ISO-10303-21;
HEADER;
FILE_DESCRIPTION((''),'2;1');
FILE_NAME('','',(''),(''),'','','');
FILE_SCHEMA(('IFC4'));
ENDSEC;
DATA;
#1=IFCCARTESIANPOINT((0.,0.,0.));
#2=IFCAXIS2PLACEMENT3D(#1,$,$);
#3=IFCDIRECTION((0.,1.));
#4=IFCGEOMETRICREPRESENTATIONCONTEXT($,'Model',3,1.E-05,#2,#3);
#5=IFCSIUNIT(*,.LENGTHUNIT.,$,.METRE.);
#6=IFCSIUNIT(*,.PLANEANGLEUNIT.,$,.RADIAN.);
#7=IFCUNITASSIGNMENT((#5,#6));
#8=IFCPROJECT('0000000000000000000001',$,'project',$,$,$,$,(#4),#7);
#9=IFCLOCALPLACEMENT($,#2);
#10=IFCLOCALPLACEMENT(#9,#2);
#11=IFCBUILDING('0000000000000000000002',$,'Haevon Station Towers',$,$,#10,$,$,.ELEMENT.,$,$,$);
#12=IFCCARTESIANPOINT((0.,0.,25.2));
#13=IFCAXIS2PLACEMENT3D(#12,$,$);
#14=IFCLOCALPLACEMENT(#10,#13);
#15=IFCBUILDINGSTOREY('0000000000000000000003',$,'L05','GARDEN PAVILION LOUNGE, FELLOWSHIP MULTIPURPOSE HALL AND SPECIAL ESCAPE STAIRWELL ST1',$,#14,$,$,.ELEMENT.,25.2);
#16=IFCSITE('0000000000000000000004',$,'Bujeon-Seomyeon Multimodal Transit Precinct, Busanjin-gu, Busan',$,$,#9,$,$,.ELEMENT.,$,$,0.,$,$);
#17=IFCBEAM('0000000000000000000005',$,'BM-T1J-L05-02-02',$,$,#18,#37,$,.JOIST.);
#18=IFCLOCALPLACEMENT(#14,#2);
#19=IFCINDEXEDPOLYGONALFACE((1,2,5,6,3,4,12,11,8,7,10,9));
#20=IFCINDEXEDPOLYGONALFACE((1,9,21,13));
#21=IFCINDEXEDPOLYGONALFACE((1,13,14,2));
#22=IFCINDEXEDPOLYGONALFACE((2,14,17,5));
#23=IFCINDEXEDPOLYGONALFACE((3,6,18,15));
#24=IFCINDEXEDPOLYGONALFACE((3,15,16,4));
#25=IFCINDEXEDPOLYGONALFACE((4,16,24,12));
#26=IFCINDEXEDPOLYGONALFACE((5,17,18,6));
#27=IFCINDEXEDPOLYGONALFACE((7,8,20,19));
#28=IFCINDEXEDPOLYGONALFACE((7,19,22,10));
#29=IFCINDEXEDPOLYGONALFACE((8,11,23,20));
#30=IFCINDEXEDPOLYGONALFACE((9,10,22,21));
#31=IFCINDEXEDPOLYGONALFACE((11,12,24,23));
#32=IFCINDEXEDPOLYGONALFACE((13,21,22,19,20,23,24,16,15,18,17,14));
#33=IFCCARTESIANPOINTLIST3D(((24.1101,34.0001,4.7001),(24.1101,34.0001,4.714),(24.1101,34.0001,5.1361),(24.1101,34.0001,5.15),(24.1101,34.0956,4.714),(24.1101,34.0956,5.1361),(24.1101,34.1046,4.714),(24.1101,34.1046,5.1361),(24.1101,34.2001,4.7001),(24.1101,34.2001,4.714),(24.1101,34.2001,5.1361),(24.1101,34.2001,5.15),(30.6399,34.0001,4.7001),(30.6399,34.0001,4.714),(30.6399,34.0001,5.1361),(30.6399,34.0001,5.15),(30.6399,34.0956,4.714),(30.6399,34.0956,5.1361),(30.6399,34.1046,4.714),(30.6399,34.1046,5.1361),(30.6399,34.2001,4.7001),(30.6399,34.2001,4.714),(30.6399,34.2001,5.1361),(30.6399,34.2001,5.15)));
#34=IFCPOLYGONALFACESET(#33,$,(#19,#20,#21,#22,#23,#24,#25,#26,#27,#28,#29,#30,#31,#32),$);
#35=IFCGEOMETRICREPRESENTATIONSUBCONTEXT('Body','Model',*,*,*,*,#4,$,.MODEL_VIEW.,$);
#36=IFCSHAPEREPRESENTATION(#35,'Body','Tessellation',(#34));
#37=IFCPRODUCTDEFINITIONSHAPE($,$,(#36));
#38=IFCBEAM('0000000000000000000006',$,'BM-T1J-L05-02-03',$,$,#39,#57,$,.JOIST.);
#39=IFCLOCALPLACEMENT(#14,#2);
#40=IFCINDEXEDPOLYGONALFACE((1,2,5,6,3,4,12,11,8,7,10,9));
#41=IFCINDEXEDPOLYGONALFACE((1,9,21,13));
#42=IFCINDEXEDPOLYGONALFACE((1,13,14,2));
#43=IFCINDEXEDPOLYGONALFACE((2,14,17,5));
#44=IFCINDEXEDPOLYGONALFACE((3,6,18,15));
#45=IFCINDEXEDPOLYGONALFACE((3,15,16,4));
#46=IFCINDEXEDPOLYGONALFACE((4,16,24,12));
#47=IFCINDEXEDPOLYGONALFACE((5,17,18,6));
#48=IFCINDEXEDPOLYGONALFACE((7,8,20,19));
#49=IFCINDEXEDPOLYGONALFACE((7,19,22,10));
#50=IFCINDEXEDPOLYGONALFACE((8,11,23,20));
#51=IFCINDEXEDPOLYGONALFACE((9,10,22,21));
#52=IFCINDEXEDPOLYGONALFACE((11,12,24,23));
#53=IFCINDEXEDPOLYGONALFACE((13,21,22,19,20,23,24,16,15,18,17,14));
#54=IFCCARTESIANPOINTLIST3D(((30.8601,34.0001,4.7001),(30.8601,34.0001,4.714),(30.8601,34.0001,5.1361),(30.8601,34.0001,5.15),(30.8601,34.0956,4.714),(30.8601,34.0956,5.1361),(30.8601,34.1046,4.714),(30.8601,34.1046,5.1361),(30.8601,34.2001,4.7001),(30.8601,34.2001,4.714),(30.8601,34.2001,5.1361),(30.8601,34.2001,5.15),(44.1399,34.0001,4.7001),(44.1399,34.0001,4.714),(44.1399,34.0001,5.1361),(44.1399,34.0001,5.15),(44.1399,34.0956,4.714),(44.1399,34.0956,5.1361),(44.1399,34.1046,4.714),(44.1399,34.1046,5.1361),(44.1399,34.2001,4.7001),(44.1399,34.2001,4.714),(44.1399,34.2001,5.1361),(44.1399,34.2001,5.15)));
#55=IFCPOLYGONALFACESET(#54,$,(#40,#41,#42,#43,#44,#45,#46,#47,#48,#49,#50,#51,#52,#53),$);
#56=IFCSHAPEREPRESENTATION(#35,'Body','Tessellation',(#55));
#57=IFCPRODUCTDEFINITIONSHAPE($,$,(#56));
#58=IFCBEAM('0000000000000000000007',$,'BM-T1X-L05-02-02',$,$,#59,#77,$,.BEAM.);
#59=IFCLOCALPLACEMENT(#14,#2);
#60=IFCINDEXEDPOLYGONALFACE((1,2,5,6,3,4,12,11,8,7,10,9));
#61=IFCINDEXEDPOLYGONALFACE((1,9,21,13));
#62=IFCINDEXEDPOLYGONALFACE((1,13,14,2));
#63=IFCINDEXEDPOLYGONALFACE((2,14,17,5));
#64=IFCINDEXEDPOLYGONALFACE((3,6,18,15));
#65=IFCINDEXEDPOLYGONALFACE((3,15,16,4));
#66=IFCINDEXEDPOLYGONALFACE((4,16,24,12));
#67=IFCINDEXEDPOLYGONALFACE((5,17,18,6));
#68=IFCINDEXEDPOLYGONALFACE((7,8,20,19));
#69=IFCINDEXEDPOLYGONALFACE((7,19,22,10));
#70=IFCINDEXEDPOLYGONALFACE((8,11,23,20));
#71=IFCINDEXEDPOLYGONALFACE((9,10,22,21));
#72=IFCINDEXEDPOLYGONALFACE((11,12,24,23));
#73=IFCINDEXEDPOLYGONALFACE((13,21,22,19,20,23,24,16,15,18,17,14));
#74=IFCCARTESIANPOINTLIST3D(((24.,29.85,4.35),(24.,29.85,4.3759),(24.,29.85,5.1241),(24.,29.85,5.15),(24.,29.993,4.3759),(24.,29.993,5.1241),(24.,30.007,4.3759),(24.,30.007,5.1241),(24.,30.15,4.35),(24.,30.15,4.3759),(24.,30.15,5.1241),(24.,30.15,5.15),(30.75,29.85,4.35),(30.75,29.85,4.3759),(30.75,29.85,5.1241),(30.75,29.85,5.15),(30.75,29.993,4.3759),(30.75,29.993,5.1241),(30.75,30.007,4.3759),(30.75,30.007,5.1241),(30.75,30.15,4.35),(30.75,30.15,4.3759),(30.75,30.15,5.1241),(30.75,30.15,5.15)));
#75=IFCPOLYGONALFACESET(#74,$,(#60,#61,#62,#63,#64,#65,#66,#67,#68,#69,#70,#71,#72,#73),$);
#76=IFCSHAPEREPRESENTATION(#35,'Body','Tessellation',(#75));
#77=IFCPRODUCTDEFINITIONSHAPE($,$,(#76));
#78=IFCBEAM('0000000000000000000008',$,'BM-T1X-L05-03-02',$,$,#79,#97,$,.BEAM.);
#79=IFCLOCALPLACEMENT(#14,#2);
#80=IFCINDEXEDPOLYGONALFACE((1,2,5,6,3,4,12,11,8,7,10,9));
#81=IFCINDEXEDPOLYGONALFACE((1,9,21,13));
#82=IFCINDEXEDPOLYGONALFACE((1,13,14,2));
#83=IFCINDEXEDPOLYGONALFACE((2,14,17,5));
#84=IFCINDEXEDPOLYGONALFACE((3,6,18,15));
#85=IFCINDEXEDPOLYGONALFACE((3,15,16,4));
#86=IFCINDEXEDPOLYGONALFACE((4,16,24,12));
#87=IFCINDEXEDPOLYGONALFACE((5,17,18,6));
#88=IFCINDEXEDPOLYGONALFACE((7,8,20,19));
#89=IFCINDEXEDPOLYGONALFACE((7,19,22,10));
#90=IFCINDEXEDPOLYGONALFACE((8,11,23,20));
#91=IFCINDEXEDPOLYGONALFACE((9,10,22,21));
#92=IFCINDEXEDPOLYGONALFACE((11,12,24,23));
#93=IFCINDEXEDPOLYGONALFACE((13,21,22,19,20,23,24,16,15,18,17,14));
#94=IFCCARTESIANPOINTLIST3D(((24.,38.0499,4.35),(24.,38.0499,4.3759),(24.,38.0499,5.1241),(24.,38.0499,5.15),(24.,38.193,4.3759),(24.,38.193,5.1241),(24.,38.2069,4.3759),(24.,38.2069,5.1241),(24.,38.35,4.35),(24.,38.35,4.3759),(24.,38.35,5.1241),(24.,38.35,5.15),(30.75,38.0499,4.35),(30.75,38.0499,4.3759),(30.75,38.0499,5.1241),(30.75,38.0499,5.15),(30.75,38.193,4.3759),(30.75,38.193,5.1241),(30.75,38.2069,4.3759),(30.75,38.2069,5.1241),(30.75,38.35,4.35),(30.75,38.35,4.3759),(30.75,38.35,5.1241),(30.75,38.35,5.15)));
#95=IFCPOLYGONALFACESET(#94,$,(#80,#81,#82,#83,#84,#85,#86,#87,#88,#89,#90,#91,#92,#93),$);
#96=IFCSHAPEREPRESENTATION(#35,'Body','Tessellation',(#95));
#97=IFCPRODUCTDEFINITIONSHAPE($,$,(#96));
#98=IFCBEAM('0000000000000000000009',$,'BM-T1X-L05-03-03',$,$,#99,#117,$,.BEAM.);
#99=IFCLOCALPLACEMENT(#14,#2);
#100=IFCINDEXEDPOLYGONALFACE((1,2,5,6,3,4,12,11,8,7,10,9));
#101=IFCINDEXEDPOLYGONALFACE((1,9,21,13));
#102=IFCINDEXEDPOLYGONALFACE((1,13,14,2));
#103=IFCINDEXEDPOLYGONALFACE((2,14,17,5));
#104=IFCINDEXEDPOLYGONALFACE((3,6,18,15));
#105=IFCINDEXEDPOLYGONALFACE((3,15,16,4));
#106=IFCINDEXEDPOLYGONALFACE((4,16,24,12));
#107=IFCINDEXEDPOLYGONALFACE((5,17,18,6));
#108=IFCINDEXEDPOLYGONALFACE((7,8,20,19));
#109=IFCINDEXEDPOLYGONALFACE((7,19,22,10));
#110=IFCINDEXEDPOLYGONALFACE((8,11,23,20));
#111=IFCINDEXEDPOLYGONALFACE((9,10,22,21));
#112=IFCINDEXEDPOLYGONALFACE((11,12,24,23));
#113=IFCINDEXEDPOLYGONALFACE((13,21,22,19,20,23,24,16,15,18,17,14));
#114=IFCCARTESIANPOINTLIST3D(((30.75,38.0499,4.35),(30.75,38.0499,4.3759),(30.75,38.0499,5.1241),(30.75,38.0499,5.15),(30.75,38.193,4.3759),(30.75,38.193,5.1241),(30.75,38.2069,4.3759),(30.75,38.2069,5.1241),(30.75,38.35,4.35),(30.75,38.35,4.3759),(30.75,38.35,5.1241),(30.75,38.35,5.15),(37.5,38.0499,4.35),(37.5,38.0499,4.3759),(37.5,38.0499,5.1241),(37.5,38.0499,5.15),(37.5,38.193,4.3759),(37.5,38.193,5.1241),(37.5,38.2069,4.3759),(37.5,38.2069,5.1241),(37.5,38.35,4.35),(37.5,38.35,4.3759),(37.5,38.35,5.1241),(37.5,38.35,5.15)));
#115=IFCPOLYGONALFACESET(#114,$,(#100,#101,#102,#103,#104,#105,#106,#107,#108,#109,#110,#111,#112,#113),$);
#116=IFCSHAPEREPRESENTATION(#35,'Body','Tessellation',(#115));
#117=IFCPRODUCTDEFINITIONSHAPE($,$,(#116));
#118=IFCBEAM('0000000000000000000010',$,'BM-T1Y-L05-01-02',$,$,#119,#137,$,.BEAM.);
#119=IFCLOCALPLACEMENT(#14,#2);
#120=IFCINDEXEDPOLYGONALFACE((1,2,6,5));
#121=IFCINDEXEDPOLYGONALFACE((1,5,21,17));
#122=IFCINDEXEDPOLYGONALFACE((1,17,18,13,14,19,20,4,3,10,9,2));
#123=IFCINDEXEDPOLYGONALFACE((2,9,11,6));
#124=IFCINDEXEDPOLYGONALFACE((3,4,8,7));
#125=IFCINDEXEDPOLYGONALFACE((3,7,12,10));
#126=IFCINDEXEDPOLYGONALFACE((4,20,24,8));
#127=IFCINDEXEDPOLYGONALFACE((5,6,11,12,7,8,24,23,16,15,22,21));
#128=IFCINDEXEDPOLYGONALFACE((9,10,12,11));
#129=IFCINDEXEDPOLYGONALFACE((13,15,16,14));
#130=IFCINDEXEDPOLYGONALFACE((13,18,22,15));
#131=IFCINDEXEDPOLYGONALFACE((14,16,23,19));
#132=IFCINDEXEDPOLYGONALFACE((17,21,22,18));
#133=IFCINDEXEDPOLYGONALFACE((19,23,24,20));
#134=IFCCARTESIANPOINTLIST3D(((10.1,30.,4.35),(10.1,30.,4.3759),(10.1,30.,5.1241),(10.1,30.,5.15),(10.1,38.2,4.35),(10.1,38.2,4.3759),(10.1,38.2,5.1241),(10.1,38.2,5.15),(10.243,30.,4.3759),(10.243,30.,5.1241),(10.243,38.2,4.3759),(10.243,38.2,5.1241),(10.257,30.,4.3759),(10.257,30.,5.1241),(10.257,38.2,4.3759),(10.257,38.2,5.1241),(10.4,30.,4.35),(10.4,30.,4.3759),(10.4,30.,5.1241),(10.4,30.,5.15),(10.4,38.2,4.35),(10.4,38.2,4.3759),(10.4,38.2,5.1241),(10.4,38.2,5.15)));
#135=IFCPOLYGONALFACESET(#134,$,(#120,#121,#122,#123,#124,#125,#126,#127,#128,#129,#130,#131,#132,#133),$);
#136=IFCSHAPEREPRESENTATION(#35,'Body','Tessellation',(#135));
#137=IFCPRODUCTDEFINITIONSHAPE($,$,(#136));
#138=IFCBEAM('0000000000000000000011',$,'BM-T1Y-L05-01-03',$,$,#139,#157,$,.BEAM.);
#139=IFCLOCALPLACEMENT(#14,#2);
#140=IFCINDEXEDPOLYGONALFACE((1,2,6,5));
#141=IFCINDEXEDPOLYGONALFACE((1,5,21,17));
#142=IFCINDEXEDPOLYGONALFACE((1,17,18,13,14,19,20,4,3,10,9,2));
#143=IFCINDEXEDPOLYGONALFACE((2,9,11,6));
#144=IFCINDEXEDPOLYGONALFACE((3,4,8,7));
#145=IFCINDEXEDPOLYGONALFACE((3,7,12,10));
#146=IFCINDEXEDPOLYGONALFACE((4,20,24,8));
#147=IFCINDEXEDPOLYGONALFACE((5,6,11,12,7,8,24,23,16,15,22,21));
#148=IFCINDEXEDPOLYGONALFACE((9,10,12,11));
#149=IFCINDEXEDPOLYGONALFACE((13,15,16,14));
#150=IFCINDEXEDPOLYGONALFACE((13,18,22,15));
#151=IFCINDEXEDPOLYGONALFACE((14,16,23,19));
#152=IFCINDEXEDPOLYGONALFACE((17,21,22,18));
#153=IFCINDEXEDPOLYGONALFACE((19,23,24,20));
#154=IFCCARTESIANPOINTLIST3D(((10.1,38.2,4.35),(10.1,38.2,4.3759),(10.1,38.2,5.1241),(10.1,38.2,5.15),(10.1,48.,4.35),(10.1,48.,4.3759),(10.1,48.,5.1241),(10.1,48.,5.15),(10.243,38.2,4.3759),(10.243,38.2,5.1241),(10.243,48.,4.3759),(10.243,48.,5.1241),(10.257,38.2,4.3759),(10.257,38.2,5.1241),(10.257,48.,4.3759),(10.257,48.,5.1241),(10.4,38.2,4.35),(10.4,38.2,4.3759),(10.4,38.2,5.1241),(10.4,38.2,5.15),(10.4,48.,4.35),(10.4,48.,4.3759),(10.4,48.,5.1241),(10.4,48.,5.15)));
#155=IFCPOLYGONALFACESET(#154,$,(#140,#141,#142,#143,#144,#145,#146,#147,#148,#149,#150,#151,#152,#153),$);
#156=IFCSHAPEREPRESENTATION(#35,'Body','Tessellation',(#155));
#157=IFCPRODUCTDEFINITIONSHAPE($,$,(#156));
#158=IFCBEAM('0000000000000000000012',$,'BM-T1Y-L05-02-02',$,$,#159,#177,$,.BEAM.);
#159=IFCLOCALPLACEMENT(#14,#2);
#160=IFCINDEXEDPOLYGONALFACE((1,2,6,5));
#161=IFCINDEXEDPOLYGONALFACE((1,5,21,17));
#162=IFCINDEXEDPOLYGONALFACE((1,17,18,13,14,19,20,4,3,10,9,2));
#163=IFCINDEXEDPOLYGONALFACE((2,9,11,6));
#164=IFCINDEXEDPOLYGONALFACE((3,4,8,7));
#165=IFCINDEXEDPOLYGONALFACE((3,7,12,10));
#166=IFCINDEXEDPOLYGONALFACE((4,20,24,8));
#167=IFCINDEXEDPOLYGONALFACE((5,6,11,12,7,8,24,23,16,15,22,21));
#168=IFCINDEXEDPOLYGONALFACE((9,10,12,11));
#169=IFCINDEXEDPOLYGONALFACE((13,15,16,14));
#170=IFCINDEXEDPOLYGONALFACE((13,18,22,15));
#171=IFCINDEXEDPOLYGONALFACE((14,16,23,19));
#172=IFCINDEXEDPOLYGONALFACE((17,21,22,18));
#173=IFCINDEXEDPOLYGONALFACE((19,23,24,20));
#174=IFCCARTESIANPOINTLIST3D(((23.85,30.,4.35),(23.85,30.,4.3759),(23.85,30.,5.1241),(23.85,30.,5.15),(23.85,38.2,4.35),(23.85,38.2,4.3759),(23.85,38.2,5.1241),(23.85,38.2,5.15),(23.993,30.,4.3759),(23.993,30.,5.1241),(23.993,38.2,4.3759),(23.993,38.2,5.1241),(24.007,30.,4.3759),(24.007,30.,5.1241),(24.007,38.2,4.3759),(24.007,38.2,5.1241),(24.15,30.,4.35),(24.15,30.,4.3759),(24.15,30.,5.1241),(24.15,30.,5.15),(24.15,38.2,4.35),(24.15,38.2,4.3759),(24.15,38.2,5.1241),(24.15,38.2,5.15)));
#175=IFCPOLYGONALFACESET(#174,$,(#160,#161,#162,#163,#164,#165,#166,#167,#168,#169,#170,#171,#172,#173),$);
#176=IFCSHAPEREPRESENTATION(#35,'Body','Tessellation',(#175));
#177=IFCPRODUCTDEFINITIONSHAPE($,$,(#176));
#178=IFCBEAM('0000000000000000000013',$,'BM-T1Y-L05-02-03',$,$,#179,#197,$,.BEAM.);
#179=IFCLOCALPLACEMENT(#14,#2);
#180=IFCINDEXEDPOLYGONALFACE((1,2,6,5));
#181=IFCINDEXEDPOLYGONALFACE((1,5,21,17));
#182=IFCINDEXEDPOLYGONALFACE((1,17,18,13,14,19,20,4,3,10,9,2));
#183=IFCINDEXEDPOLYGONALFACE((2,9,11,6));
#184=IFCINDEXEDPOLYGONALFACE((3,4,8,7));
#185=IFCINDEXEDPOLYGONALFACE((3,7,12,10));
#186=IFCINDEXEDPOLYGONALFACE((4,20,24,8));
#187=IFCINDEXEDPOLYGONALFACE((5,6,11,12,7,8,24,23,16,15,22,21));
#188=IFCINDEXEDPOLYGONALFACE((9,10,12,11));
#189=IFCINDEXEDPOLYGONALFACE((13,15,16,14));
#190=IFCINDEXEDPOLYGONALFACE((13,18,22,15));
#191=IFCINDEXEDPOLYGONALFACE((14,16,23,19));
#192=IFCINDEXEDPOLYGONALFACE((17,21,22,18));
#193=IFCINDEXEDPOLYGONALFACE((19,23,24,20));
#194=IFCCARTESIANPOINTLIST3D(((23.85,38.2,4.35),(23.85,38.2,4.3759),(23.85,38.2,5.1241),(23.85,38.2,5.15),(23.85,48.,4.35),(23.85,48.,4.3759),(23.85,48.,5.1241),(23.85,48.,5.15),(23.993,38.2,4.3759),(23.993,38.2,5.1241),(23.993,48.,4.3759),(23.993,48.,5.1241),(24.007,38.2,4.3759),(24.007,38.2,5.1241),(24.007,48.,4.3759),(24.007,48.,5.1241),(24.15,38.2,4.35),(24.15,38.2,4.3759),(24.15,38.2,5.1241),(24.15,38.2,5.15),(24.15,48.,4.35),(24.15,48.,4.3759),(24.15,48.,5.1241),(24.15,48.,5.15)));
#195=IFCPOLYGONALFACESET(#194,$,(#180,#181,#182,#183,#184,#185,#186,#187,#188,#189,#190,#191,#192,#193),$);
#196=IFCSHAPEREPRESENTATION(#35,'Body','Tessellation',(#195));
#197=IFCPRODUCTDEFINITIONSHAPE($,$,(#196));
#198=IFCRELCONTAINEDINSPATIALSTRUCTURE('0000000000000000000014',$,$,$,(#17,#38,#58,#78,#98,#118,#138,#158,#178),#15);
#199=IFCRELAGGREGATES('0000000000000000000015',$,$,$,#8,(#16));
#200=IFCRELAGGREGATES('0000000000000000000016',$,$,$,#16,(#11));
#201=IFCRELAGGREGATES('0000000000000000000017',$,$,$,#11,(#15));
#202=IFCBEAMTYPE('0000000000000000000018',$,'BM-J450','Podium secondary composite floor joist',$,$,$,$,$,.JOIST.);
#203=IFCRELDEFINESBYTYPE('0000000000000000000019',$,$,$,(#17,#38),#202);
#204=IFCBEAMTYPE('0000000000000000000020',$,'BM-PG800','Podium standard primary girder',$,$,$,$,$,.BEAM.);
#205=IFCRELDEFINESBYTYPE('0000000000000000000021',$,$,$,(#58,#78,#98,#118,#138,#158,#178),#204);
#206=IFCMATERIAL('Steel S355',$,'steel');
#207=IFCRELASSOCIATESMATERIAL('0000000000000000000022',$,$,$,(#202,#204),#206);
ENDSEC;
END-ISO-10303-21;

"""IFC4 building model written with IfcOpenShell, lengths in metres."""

from ifc_helpers import new_model, si_unit, direction, frame, origin, origin_2d, place, context, subcontext, project, spatial, i_section, extrude, material, material_profile, profile_set, type_object, element, save


model = new_model("IFC4")

# Units and contexts
model_context = context("Model", 3, precision=1e-05, world=origin(), true_north=direction((0.0, 1.0)))
body_context = subcontext(model_context, "Body", "Model", "MODEL_VIEW")
ifc_project = project(units=[si_unit("LENGTHUNIT", "METRE"), si_unit("PLANEANGLEUNIT", "RADIAN")], contexts=[model_context])

# Site, building, storey
site_placement = place(None, origin())
site = spatial("IfcSite", under=ifc_project, at=site_placement, Name="Bujeon-Seomyeon Multimodal Transit Precinct, Busanjin-gu, Busan", CompositionType="ELEMENT", RefElevation=0.0)
building_placement = place(site_placement, origin())
building = spatial("IfcBuilding", under=site, at=building_placement, Name="Haevon Station Towers", CompositionType="ELEMENT")
storey_placement = place(building_placement, frame((0.0, 0.0, 25.2)))
storey = spatial("IfcBuildingStorey", under=building, at=storey_placement, Name="L05", Description="GARDEN PAVILION LOUNGE, FELLOWSHIP MULTIPURPOSE HALL AND SPECIAL ESCAPE STAIRWELL ST1", CompositionType="ELEMENT", Elevation=25.2)

# Beams
ifc_material_1 = material(Name="Steel S355", Category="steel")
ifc_material_profile_1 = material_profile(ifc_material_1, i_section(OverallWidth=0.2, OverallDepth=0.45, WebThickness=0.009, FlangeThickness=0.0139, at=origin_2d()), Name="H-450x200x9x14")
ifc_profile_set_1 = profile_set([ifc_material_profile_1], Name="Steel S355")
beam_type_1 = type_object("IfcBeamType", Name="BM-J450", Description="Podium secondary composite floor joist", PredefinedType="JOIST", material=ifc_profile_set_1)
beam_1_placement = place(storey_placement, frame((24.1101, 34.1001, 4.925), z_axis=(1.0, 0.0, 0.0), x_axis=(0.0, 1.0, 0.0)))
element("IfcBeam", 1, at=beam_1_placement, inside=storey, type_object=beam_type_1, Name="BM-T1J-L05-02-02", PredefinedType="JOIST", context=body_context, shape_type="SweptSolid", body=[
    extrude(i_section(OverallWidth=0.2, OverallDepth=0.45, WebThickness=0.009, FlangeThickness=0.0139, at=origin_2d()), origin(), (0.0, 0.0, 1.0), 6.5298),
])
beam_2_placement = place(storey_placement, frame((30.8601, 34.1001, 4.925), z_axis=(1.0, 0.0, 0.0), x_axis=(0.0, 1.0, 0.0)))
element("IfcBeam", 2, at=beam_2_placement, inside=storey, type_object=beam_type_1, Name="BM-T1J-L05-02-03", PredefinedType="JOIST", context=body_context, shape_type="SweptSolid", body=[
    extrude(i_section(OverallWidth=0.2, OverallDepth=0.45, WebThickness=0.009, FlangeThickness=0.0139, at=origin_2d()), origin(), (0.0, 0.0, 1.0), 13.2798),
])
ifc_material_profile_2 = material_profile(ifc_material_1, i_section(OverallWidth=0.3, OverallDepth=0.8, WebThickness=0.0139, FlangeThickness=0.0259, at=origin_2d()), Name="H-800x300x14x26")
ifc_profile_set_2 = profile_set([ifc_material_profile_2], Name="Steel S355")
beam_type_2 = type_object("IfcBeamType", Name="BM-PG800", Description="Podium standard primary girder", PredefinedType="BEAM", material=ifc_profile_set_2)
for number, where, z_axis, x_axis, name in (
    (3, (24.0, 30.0, 4.75), (1.0, 0.0, 0.0), (0.0, 1.0, 0.0), "BM-T1X-L05-02-02"),
    (4, (24.0, 38.2, 4.75), (1.0, 0.0, 0.0), (0.0, 1.0, 0.0), "BM-T1X-L05-03-02"),
    (5, (30.75, 38.2, 4.75), (1.0, 0.0, 0.0), (0.0, 1.0, 0.0), "BM-T1X-L05-03-03"),
):
    element("IfcBeam", number, at=place(storey_placement, frame(where, z_axis=z_axis, x_axis=x_axis)), inside=storey, type_object=beam_type_2, Name=name, PredefinedType="BEAM", context=body_context, shape_type="SweptSolid", body=[
        extrude(i_section(OverallWidth=0.3, OverallDepth=0.8, WebThickness=0.0139, FlangeThickness=0.0259, at=origin_2d()), origin(), (0.0, 0.0, 1.0), 6.75),
    ])
beam_3_placement = place(storey_placement, frame((10.25, 30.0, 4.75), z_axis=(0.0, 1.0, 0.0), x_axis=(-1.0, 0.0, 0.0)))
element("IfcBeam", 6, at=beam_3_placement, inside=storey, type_object=beam_type_2, Name="BM-T1Y-L05-01-02", PredefinedType="BEAM", context=body_context, shape_type="SweptSolid", body=[
    extrude(i_section(OverallWidth=0.3, OverallDepth=0.8, WebThickness=0.0139, FlangeThickness=0.0259, at=origin_2d()), origin(), (0.0, 0.0, 1.0), 8.2),
])
beam_4_placement = place(storey_placement, frame((10.25, 38.2, 4.75), z_axis=(0.0, 1.0, 0.0), x_axis=(-1.0, 0.0, 0.0)))
element("IfcBeam", 7, at=beam_4_placement, inside=storey, type_object=beam_type_2, Name="BM-T1Y-L05-01-03", PredefinedType="BEAM", context=body_context, shape_type="SweptSolid", body=[
    extrude(i_section(OverallWidth=0.3, OverallDepth=0.8, WebThickness=0.0139, FlangeThickness=0.0259, at=origin_2d()), origin(), (0.0, 0.0, 1.0), 9.8),
])
beam_5_placement = place(storey_placement, frame((24.0, 30.0, 4.75), z_axis=(0.0, 1.0, 0.0), x_axis=(-1.0, 0.0, 0.0)))
element("IfcBeam", 8, at=beam_5_placement, inside=storey, type_object=beam_type_2, Name="BM-T1Y-L05-02-02", PredefinedType="BEAM", context=body_context, shape_type="SweptSolid", body=[
    extrude(i_section(OverallWidth=0.3, OverallDepth=0.8, WebThickness=0.0139, FlangeThickness=0.0259, at=origin_2d()), origin(), (0.0, 0.0, 1.0), 8.2),
])
beam_6_placement = place(storey_placement, frame((24.0, 38.2, 4.75), z_axis=(0.0, 1.0, 0.0), x_axis=(-1.0, 0.0, 0.0)))
element("IfcBeam", 9, at=beam_6_placement, inside=storey, type_object=beam_type_2, Name="BM-T1Y-L05-02-03", PredefinedType="BEAM", context=body_context, shape_type="SweptSolid", body=[
    extrude(i_section(OverallWidth=0.3, OverallDepth=0.8, WebThickness=0.0139, FlangeThickness=0.0259, at=origin_2d()), origin(), (0.0, 0.0, 1.0), 9.8),
])

save(model, "model.ifc")
